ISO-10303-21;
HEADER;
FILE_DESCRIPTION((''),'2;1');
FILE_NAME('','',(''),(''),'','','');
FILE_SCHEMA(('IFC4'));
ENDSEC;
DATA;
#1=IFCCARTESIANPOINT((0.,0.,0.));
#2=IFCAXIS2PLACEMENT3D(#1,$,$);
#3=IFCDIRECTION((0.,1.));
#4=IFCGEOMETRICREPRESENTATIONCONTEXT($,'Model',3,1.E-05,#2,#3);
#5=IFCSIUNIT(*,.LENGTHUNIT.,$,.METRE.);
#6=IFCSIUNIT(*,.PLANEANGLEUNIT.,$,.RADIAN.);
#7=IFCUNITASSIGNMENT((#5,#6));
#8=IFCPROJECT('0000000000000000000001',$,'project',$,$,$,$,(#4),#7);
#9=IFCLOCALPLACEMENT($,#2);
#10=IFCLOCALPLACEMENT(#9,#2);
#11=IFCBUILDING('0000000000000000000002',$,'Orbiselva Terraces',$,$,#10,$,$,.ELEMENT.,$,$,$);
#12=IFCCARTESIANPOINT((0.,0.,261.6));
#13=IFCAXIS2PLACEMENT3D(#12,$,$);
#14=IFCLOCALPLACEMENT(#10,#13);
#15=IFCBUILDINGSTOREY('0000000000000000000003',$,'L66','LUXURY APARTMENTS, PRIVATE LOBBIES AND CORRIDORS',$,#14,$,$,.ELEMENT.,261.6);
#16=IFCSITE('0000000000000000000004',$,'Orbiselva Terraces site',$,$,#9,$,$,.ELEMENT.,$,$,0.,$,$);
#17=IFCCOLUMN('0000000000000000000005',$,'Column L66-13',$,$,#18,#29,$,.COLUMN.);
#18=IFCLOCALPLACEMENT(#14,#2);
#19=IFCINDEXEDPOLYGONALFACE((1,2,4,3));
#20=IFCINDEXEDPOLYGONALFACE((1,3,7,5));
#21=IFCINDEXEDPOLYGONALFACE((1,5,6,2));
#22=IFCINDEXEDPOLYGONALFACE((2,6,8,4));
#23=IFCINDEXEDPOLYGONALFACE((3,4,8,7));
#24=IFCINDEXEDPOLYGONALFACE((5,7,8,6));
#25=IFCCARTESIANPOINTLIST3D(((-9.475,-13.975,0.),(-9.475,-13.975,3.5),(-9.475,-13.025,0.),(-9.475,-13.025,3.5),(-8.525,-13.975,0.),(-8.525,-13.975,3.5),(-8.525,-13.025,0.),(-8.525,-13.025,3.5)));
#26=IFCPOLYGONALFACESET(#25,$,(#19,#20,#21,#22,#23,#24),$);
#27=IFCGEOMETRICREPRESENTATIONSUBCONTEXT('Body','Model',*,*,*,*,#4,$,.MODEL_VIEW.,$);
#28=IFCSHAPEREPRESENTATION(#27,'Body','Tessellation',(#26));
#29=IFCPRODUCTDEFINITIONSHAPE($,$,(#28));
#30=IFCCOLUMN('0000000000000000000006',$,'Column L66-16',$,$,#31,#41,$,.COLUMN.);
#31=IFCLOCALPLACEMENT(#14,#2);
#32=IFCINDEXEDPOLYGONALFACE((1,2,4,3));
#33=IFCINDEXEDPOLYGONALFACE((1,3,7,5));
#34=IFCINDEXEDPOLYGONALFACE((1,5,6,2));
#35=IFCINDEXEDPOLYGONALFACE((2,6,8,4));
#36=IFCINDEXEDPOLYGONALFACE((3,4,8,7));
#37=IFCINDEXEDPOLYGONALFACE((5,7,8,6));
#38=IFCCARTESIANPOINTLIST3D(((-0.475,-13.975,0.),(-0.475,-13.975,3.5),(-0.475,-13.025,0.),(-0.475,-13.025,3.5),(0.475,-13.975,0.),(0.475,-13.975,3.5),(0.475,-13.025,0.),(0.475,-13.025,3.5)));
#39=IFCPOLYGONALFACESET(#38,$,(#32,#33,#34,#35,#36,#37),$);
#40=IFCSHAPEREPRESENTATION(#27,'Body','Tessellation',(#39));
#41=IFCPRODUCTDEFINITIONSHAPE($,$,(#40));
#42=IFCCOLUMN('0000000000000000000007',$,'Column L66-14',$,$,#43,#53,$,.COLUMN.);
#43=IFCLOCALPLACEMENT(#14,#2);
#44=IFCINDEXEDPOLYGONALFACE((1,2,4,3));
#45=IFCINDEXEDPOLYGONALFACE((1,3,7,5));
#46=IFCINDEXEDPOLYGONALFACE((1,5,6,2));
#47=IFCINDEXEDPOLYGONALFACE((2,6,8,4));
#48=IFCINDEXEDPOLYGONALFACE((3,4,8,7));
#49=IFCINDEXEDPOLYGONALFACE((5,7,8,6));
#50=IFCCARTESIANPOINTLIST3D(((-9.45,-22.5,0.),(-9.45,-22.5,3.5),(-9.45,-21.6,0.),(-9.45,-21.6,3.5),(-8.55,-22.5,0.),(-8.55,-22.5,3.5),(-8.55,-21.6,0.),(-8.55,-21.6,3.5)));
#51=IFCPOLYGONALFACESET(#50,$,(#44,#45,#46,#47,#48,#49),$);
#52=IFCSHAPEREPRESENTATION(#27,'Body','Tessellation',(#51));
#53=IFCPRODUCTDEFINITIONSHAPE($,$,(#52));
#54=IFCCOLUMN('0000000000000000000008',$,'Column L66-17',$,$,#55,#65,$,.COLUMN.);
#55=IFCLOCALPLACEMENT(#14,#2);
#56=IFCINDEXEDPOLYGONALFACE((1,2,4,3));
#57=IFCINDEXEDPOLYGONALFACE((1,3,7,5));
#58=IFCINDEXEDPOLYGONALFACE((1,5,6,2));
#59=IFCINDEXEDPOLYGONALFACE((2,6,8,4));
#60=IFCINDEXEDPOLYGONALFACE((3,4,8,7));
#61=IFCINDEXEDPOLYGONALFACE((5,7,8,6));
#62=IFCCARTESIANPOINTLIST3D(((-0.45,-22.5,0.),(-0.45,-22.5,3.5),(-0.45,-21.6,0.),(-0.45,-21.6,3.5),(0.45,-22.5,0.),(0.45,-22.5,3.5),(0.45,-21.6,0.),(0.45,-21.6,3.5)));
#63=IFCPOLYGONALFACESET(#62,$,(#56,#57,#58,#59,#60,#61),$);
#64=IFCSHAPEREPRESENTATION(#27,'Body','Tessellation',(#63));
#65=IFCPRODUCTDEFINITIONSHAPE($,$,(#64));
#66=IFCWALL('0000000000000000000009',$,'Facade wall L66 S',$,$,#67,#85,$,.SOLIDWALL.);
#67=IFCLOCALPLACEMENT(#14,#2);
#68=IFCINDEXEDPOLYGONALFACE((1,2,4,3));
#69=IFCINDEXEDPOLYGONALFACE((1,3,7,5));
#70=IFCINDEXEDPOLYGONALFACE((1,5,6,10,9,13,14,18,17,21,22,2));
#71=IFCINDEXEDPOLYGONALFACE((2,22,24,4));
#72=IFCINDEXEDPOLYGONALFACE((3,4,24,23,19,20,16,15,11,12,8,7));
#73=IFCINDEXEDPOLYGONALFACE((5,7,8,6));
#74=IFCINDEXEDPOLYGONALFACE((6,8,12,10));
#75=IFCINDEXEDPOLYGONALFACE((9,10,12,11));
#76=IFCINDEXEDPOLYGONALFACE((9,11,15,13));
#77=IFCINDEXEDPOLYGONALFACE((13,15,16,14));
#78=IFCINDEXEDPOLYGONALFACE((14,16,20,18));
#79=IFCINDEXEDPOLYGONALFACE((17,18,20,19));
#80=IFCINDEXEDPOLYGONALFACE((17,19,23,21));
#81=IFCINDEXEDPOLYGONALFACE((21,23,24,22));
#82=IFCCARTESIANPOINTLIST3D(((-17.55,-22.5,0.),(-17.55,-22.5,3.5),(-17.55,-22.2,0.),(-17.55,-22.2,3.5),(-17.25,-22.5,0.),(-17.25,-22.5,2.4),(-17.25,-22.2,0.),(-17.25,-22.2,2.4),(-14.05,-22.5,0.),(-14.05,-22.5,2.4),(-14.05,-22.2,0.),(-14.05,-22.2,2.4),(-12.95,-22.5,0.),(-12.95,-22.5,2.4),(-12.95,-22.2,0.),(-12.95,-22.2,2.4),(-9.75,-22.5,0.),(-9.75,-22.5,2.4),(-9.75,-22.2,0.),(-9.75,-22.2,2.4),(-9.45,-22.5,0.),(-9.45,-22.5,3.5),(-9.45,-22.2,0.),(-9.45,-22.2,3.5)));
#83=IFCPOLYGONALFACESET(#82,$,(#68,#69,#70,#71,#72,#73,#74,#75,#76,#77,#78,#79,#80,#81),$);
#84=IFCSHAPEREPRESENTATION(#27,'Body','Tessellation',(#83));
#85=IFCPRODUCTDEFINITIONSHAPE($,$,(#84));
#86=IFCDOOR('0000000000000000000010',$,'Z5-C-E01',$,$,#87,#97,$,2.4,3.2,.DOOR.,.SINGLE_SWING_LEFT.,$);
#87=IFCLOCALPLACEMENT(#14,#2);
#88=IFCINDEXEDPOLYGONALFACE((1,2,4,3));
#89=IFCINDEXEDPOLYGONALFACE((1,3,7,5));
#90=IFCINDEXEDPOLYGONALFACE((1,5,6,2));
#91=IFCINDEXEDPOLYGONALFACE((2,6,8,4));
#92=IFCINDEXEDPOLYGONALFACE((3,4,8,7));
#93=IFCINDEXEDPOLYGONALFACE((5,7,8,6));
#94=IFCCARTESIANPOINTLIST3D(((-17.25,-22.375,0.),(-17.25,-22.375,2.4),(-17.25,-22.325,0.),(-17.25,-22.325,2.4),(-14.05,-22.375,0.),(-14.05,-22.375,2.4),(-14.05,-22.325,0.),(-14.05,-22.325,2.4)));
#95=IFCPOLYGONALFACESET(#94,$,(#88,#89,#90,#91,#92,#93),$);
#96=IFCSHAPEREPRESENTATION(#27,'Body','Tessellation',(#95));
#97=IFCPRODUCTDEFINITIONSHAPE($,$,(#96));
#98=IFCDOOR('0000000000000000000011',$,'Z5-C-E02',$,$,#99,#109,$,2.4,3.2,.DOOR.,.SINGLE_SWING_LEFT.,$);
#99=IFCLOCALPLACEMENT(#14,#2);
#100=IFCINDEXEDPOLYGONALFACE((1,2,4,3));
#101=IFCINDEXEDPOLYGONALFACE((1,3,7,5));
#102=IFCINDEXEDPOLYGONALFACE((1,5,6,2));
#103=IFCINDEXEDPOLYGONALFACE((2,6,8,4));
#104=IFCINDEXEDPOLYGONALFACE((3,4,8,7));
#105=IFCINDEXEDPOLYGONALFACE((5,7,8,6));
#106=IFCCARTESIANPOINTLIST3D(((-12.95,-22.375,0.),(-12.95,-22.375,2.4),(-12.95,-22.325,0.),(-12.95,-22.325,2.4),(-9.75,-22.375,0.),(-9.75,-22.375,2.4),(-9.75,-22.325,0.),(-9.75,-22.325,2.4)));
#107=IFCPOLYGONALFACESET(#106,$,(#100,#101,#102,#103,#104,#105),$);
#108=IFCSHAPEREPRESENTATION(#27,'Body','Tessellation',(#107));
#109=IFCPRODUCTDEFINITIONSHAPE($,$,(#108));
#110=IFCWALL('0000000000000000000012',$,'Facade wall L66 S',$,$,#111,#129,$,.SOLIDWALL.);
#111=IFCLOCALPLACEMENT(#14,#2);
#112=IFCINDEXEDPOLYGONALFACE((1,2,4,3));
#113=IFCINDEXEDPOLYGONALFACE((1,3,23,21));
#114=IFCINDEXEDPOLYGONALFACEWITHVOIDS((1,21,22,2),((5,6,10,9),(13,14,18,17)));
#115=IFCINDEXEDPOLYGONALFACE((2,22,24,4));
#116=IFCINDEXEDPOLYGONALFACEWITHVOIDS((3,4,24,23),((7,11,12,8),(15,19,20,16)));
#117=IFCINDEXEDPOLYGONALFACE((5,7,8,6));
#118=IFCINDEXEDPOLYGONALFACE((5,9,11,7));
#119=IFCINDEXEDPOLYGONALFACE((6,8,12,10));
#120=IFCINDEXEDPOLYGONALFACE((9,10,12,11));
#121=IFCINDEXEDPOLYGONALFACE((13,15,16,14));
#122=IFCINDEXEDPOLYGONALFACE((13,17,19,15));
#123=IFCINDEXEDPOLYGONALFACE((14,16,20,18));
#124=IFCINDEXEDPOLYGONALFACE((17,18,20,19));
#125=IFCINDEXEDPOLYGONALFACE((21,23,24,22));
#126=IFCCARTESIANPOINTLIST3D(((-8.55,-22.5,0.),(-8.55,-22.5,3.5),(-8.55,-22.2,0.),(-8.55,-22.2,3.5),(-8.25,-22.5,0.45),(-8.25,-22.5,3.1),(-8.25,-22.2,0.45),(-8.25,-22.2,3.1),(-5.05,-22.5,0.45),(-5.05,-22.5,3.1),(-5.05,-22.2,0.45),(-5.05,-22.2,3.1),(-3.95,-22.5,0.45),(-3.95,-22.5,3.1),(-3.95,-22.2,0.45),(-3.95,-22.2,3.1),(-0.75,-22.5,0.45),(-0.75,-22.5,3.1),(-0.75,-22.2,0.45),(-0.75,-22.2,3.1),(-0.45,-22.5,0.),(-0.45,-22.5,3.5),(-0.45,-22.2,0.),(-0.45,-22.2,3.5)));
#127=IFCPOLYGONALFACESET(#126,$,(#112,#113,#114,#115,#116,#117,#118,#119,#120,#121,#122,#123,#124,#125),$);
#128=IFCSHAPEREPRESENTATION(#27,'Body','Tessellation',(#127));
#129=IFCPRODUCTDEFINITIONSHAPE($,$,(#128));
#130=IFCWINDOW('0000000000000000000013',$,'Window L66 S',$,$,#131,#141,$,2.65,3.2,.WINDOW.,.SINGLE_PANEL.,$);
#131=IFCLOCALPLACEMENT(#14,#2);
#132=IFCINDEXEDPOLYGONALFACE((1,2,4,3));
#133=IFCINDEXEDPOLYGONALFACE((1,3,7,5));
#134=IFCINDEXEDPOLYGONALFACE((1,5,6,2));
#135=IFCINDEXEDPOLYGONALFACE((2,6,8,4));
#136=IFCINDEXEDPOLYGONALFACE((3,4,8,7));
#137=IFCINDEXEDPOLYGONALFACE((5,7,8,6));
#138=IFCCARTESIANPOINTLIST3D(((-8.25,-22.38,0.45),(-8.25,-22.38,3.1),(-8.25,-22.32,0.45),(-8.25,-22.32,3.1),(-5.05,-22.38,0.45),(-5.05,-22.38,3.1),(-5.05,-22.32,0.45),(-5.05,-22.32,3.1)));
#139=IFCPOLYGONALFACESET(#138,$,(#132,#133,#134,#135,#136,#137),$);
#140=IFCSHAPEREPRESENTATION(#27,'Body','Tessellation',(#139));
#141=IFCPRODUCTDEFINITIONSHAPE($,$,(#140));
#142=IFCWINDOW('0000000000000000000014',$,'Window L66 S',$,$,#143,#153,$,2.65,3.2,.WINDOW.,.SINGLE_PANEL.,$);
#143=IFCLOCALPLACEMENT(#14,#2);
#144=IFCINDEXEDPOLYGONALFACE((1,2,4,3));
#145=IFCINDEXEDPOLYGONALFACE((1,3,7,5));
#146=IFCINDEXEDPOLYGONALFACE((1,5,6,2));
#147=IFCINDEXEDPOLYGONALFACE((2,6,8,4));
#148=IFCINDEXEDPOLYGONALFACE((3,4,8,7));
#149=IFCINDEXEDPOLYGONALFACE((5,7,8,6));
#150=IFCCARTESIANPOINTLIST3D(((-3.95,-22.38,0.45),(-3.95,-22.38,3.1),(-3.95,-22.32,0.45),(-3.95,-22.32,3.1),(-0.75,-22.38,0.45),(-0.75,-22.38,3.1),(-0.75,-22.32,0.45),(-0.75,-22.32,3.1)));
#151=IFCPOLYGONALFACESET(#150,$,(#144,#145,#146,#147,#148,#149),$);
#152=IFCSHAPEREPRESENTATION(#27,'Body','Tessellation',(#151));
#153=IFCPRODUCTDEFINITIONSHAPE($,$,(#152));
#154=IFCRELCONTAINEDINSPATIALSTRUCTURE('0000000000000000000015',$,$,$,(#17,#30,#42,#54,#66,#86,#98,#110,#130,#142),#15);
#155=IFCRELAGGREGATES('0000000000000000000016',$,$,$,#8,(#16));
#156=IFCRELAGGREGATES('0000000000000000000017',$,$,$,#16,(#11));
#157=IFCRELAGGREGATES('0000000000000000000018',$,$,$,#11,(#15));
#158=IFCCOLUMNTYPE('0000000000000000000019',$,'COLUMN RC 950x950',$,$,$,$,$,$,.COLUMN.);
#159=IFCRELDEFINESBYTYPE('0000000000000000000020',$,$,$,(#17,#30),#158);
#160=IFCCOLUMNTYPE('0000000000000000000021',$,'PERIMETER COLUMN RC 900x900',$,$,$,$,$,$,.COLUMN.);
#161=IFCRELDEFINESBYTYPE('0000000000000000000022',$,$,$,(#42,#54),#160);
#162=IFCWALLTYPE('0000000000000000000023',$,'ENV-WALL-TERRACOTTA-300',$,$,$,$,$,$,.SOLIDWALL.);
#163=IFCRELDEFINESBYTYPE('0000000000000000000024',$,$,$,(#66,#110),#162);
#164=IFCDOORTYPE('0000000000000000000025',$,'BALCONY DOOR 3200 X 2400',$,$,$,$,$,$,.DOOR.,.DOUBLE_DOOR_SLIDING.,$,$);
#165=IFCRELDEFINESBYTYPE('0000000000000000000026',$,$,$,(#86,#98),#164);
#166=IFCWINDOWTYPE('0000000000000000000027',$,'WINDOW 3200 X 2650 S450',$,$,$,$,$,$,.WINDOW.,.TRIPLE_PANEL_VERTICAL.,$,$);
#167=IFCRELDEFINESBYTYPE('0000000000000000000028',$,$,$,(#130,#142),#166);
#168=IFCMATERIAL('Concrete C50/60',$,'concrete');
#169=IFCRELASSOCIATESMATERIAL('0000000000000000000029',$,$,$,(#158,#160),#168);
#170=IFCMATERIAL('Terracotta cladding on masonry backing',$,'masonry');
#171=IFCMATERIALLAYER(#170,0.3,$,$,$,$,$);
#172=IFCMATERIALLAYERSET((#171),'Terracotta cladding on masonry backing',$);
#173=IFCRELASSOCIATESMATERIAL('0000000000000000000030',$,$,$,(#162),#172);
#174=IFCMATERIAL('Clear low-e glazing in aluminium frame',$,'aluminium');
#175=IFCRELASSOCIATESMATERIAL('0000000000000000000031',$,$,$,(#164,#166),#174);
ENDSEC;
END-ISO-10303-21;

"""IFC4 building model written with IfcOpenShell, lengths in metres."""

from ifc_helpers import new_model, si_unit, direction, frame, frame_2d, origin, origin_2d, place, context, subcontext, project, spatial, rectangle, extrude, material, layer, layer_set, material_profile, profile_set, type_object, element, fill, save


model = new_model("IFC4")

# Units and contexts
model_context = context("Model", 3, precision=1e-05, world=origin(), true_north=direction((0.0, 1.0)))
body_context = subcontext(model_context, "Body", "Model", "MODEL_VIEW")
ifc_project = project(units=[si_unit("LENGTHUNIT", "METRE"), si_unit("PLANEANGLEUNIT", "RADIAN")], contexts=[model_context])

# Site, building, storey
site_placement = place(None, origin())
site = spatial("IfcSite", under=ifc_project, at=site_placement, Name="Orbiselva Terraces site", CompositionType="ELEMENT", RefElevation=0.0)
building_placement = place(site_placement, origin())
building = spatial("IfcBuilding", under=site, at=building_placement, Name="Orbiselva Terraces", CompositionType="ELEMENT")
storey_placement = place(building_placement, frame((0.0, 0.0, 261.6)))
storey = spatial("IfcBuildingStorey", under=building, at=storey_placement, Name="L66", Description="LUXURY APARTMENTS, PRIVATE LOBBIES AND CORRIDORS", CompositionType="ELEMENT", Elevation=261.6)

# Columns
ifc_material_1 = material(Name="Concrete C50/60", Category="concrete")
ifc_material_profile_1 = material_profile(ifc_material_1, rectangle(XDim=0.95, YDim=0.95, at=origin_2d()), Name="RC 950x950")
ifc_profile_set_1 = profile_set([ifc_material_profile_1], Name="Concrete C50/60")
column_type_1 = type_object("IfcColumnType", Name="COLUMN RC 950x950", PredefinedType="COLUMN", material=ifc_profile_set_1)
for number, where, z_axis, x_axis, name in (
    (1, (-9.0, -13.5, 0.0), (0.0, 0.0, 1.0), (1.0, 0.0, 0.0), "Column L66-13"),
    (2, (0.0, -13.5, 0.0), (0.0, 0.0, 1.0), (1.0, 0.0, 0.0), "Column L66-16"),
):
    element("IfcColumn", number, at=place(storey_placement, frame(where, z_axis=z_axis, x_axis=x_axis)), inside=storey, type_object=column_type_1, Name=name, PredefinedType="COLUMN", context=body_context, shape_type="SweptSolid", body=[
        extrude(rectangle(XDim=0.95, YDim=0.95, at=origin_2d()), origin(), (0.0, 0.0, 1.0), 3.5),
    ])
ifc_material_profile_2 = material_profile(ifc_material_1, rectangle(XDim=0.9, YDim=0.9, at=origin_2d()), Name="RC 900x900")
ifc_profile_set_2 = profile_set([ifc_material_profile_2], Name="Concrete C50/60")
column_type_2 = type_object("IfcColumnType", Name="PERIMETER COLUMN RC 900x900", PredefinedType="COLUMN", material=ifc_profile_set_2)
for number, where, z_axis, x_axis, name in (
    (3, (-9.0, -22.05, 0.0), (0.0, 0.0, 1.0), (1.0, 0.0, 0.0), "Column L66-14"),
    (4, (0.0, -22.05, 0.0), (0.0, 0.0, 1.0), (1.0, 0.0, 0.0), "Column L66-17"),
):
    element("IfcColumn", number, at=place(storey_placement, frame(where, z_axis=z_axis, x_axis=x_axis)), inside=storey, type_object=column_type_2, Name=name, PredefinedType="COLUMN", context=body_context, shape_type="SweptSolid", body=[
        extrude(rectangle(XDim=0.9, YDim=0.9, at=origin_2d()), origin(), (0.0, 0.0, 1.0), 3.5),
    ])

# Wall, openings, doors
ifc_material_2 = material(Name="Terracotta cladding on masonry backing", Category="masonry")
ifc_layer_1 = layer(ifc_material_2, 0.3)
ifc_layer_set_1 = layer_set([ifc_layer_1], Name="Terracotta cladding on masonry backing")
wall_type_1 = type_object("IfcWallType", Name="ENV-WALL-TERRACOTTA-300", PredefinedType="SOLIDWALL", material=ifc_layer_set_1)
wall_1_placement = place(storey_placement, frame((-9.45, -22.35, 0.0), z_axis=(0.0, 0.0, 1.0), x_axis=(-1.0, 0.0, 0.0)))
wall_1 = element("IfcWall", 5, at=wall_1_placement, inside=storey, type_object=wall_type_1, Name="Facade wall L66 S", PredefinedType="SOLIDWALL", context=body_context, shape_type="SweptSolid", body=[
    extrude(rectangle(XDim=8.1, YDim=0.3, at=frame_2d((4.05, 0.0))), origin(), (0.0, 0.0, 1.0), 3.5),
])
opening_1_placement = place(wall_1_placement, frame((4.6, 0.0, 0.0)))
opening_1 = element("IfcOpeningElement", 6, at=opening_1_placement, cuts=wall_1, PredefinedType="OPENING", context=body_context, shape_type="SweptSolid", body=[
    extrude(rectangle(XDim=3.2, YDim=2.4, at=frame_2d((1.6, 1.2))), frame((0.0, 0.16, 0.0), z_axis=(0.0, -1.0, 0.0), x_axis=(1.0, 0.0, 0.0)), (0.0, 0.0, 1.0), 0.32),
])
opening_2_placement = place(wall_1_placement, frame((0.3, 0.0, 0.0)))
opening_2 = element("IfcOpeningElement", 7, at=opening_2_placement, cuts=wall_1, PredefinedType="OPENING", context=body_context, shape_type="SweptSolid", body=[
    extrude(rectangle(XDim=3.2, YDim=2.4, at=frame_2d((1.6, 1.2))), frame((0.0, 0.16, 0.0), z_axis=(0.0, -1.0, 0.0), x_axis=(1.0, 0.0, 0.0)), (0.0, 0.0, 1.0), 0.32),
])
ifc_material_3 = material(Name="Clear low-e glazing in aluminium frame", Category="aluminium")
door_type_1 = type_object("IfcDoorType", Name="BALCONY DOOR 3200 X 2400", OperationType="DOUBLE_DOOR_SLIDING", PredefinedType="DOOR", material=ifc_material_3)
door_1_placement = place(opening_1_placement, origin())
door_1 = element("IfcDoor", 8, at=door_1_placement, inside=storey, type_object=door_type_1, Name="Z5-C-E01", OperationType="SINGLE_SWING_LEFT", OverallHeight=2.4, OverallWidth=3.2, PredefinedType="DOOR", context=body_context, shape_type="SweptSolid", body=[
    extrude(rectangle(XDim=3.2, YDim=2.4, at=frame_2d((1.6, 1.2))), frame((0.0, 0.025, 0.0), z_axis=(0.0, -1.0, 0.0), x_axis=(1.0, 0.0, 0.0)), (0.0, 0.0, 1.0), 0.05),
])
fill(opening_1, door_1)
door_2_placement = place(opening_2_placement, origin())
door_2 = element("IfcDoor", 9, at=door_2_placement, inside=storey, type_object=door_type_1, Name="Z5-C-E02", OperationType="SINGLE_SWING_LEFT", OverallHeight=2.4, OverallWidth=3.2, PredefinedType="DOOR", context=body_context, shape_type="SweptSolid", body=[
    extrude(rectangle(XDim=3.2, YDim=2.4, at=frame_2d((1.6, 1.2))), frame((0.0, 0.025, 0.0), z_axis=(0.0, -1.0, 0.0), x_axis=(1.0, 0.0, 0.0)), (0.0, 0.0, 1.0), 0.05),
])
fill(opening_2, door_2)

# Wall, openings, windows
wall_2_placement = place(storey_placement, frame((-0.45, -22.35, 0.0), z_axis=(0.0, 0.0, 1.0), x_axis=(-1.0, 0.0, 0.0)))
wall_2 = element("IfcWall", 10, at=wall_2_placement, inside=storey, type_object=wall_type_1, Name="Facade wall L66 S", PredefinedType="SOLIDWALL", context=body_context, shape_type="SweptSolid", body=[
    extrude(rectangle(XDim=8.1, YDim=0.3, at=frame_2d((4.05, 0.0))), origin(), (0.0, 0.0, 1.0), 3.5),
])
opening_3_placement = place(wall_2_placement, frame((4.6, 0.0, 0.45)))
opening_3 = element("IfcOpeningElement", 11, at=opening_3_placement, cuts=wall_2, PredefinedType="OPENING", context=body_context, shape_type="SweptSolid", body=[
    extrude(rectangle(XDim=3.2, YDim=2.65, at=frame_2d((1.6, 1.325))), frame((0.0, 0.16, 0.0), z_axis=(0.0, -1.0, 0.0), x_axis=(1.0, 0.0, 0.0)), (0.0, 0.0, 1.0), 0.32),
])
opening_4_placement = place(wall_2_placement, frame((0.3, 0.0, 0.45)))
opening_4 = element("IfcOpeningElement", 12, at=opening_4_placement, cuts=wall_2, PredefinedType="OPENING", context=body_context, shape_type="SweptSolid", body=[
    extrude(rectangle(XDim=3.2, YDim=2.65, at=frame_2d((1.6, 1.325))), frame((0.0, 0.16, 0.0), z_axis=(0.0, -1.0, 0.0), x_axis=(1.0, 0.0, 0.0)), (0.0, 0.0, 1.0), 0.32),
])
window_type = type_object("IfcWindowType", Name="WINDOW 3200 X 2650 S450", PartitioningType="TRIPLE_PANEL_VERTICAL", PredefinedType="WINDOW", material=ifc_material_3)
window_1_placement = place(opening_3_placement, origin())
window_1 = element("IfcWindow", 13, at=window_1_placement, inside=storey, type_object=window_type, Name="Window L66 S", OverallHeight=2.65, OverallWidth=3.2, PartitioningType="SINGLE_PANEL", PredefinedType="WINDOW", context=body_context, shape_type="SweptSolid", body=[
    extrude(rectangle(XDim=3.2, YDim=2.65, at=frame_2d((1.6, 1.325))), frame((0.0, 0.03, 0.0), z_axis=(0.0, -1.0, 0.0), x_axis=(1.0, 0.0, 0.0)), (0.0, 0.0, 1.0), 0.06),
])
fill(opening_3, window_1)
window_2_placement = place(opening_4_placement, origin())
window_2 = element("IfcWindow", 14, at=window_2_placement, inside=storey, type_object=window_type, Name="Window L66 S", OverallHeight=2.65, OverallWidth=3.2, PartitioningType="SINGLE_PANEL", PredefinedType="WINDOW", context=body_context, shape_type="SweptSolid", body=[
    extrude(rectangle(XDim=3.2, YDim=2.65, at=frame_2d((1.6, 1.325))), frame((0.0, 0.03, 0.0), z_axis=(0.0, -1.0, 0.0), x_axis=(1.0, 0.0, 0.0)), (0.0, 0.0, 1.0), 0.06),
])
fill(opening_4, window_2)

save(model, "model.ifc")
